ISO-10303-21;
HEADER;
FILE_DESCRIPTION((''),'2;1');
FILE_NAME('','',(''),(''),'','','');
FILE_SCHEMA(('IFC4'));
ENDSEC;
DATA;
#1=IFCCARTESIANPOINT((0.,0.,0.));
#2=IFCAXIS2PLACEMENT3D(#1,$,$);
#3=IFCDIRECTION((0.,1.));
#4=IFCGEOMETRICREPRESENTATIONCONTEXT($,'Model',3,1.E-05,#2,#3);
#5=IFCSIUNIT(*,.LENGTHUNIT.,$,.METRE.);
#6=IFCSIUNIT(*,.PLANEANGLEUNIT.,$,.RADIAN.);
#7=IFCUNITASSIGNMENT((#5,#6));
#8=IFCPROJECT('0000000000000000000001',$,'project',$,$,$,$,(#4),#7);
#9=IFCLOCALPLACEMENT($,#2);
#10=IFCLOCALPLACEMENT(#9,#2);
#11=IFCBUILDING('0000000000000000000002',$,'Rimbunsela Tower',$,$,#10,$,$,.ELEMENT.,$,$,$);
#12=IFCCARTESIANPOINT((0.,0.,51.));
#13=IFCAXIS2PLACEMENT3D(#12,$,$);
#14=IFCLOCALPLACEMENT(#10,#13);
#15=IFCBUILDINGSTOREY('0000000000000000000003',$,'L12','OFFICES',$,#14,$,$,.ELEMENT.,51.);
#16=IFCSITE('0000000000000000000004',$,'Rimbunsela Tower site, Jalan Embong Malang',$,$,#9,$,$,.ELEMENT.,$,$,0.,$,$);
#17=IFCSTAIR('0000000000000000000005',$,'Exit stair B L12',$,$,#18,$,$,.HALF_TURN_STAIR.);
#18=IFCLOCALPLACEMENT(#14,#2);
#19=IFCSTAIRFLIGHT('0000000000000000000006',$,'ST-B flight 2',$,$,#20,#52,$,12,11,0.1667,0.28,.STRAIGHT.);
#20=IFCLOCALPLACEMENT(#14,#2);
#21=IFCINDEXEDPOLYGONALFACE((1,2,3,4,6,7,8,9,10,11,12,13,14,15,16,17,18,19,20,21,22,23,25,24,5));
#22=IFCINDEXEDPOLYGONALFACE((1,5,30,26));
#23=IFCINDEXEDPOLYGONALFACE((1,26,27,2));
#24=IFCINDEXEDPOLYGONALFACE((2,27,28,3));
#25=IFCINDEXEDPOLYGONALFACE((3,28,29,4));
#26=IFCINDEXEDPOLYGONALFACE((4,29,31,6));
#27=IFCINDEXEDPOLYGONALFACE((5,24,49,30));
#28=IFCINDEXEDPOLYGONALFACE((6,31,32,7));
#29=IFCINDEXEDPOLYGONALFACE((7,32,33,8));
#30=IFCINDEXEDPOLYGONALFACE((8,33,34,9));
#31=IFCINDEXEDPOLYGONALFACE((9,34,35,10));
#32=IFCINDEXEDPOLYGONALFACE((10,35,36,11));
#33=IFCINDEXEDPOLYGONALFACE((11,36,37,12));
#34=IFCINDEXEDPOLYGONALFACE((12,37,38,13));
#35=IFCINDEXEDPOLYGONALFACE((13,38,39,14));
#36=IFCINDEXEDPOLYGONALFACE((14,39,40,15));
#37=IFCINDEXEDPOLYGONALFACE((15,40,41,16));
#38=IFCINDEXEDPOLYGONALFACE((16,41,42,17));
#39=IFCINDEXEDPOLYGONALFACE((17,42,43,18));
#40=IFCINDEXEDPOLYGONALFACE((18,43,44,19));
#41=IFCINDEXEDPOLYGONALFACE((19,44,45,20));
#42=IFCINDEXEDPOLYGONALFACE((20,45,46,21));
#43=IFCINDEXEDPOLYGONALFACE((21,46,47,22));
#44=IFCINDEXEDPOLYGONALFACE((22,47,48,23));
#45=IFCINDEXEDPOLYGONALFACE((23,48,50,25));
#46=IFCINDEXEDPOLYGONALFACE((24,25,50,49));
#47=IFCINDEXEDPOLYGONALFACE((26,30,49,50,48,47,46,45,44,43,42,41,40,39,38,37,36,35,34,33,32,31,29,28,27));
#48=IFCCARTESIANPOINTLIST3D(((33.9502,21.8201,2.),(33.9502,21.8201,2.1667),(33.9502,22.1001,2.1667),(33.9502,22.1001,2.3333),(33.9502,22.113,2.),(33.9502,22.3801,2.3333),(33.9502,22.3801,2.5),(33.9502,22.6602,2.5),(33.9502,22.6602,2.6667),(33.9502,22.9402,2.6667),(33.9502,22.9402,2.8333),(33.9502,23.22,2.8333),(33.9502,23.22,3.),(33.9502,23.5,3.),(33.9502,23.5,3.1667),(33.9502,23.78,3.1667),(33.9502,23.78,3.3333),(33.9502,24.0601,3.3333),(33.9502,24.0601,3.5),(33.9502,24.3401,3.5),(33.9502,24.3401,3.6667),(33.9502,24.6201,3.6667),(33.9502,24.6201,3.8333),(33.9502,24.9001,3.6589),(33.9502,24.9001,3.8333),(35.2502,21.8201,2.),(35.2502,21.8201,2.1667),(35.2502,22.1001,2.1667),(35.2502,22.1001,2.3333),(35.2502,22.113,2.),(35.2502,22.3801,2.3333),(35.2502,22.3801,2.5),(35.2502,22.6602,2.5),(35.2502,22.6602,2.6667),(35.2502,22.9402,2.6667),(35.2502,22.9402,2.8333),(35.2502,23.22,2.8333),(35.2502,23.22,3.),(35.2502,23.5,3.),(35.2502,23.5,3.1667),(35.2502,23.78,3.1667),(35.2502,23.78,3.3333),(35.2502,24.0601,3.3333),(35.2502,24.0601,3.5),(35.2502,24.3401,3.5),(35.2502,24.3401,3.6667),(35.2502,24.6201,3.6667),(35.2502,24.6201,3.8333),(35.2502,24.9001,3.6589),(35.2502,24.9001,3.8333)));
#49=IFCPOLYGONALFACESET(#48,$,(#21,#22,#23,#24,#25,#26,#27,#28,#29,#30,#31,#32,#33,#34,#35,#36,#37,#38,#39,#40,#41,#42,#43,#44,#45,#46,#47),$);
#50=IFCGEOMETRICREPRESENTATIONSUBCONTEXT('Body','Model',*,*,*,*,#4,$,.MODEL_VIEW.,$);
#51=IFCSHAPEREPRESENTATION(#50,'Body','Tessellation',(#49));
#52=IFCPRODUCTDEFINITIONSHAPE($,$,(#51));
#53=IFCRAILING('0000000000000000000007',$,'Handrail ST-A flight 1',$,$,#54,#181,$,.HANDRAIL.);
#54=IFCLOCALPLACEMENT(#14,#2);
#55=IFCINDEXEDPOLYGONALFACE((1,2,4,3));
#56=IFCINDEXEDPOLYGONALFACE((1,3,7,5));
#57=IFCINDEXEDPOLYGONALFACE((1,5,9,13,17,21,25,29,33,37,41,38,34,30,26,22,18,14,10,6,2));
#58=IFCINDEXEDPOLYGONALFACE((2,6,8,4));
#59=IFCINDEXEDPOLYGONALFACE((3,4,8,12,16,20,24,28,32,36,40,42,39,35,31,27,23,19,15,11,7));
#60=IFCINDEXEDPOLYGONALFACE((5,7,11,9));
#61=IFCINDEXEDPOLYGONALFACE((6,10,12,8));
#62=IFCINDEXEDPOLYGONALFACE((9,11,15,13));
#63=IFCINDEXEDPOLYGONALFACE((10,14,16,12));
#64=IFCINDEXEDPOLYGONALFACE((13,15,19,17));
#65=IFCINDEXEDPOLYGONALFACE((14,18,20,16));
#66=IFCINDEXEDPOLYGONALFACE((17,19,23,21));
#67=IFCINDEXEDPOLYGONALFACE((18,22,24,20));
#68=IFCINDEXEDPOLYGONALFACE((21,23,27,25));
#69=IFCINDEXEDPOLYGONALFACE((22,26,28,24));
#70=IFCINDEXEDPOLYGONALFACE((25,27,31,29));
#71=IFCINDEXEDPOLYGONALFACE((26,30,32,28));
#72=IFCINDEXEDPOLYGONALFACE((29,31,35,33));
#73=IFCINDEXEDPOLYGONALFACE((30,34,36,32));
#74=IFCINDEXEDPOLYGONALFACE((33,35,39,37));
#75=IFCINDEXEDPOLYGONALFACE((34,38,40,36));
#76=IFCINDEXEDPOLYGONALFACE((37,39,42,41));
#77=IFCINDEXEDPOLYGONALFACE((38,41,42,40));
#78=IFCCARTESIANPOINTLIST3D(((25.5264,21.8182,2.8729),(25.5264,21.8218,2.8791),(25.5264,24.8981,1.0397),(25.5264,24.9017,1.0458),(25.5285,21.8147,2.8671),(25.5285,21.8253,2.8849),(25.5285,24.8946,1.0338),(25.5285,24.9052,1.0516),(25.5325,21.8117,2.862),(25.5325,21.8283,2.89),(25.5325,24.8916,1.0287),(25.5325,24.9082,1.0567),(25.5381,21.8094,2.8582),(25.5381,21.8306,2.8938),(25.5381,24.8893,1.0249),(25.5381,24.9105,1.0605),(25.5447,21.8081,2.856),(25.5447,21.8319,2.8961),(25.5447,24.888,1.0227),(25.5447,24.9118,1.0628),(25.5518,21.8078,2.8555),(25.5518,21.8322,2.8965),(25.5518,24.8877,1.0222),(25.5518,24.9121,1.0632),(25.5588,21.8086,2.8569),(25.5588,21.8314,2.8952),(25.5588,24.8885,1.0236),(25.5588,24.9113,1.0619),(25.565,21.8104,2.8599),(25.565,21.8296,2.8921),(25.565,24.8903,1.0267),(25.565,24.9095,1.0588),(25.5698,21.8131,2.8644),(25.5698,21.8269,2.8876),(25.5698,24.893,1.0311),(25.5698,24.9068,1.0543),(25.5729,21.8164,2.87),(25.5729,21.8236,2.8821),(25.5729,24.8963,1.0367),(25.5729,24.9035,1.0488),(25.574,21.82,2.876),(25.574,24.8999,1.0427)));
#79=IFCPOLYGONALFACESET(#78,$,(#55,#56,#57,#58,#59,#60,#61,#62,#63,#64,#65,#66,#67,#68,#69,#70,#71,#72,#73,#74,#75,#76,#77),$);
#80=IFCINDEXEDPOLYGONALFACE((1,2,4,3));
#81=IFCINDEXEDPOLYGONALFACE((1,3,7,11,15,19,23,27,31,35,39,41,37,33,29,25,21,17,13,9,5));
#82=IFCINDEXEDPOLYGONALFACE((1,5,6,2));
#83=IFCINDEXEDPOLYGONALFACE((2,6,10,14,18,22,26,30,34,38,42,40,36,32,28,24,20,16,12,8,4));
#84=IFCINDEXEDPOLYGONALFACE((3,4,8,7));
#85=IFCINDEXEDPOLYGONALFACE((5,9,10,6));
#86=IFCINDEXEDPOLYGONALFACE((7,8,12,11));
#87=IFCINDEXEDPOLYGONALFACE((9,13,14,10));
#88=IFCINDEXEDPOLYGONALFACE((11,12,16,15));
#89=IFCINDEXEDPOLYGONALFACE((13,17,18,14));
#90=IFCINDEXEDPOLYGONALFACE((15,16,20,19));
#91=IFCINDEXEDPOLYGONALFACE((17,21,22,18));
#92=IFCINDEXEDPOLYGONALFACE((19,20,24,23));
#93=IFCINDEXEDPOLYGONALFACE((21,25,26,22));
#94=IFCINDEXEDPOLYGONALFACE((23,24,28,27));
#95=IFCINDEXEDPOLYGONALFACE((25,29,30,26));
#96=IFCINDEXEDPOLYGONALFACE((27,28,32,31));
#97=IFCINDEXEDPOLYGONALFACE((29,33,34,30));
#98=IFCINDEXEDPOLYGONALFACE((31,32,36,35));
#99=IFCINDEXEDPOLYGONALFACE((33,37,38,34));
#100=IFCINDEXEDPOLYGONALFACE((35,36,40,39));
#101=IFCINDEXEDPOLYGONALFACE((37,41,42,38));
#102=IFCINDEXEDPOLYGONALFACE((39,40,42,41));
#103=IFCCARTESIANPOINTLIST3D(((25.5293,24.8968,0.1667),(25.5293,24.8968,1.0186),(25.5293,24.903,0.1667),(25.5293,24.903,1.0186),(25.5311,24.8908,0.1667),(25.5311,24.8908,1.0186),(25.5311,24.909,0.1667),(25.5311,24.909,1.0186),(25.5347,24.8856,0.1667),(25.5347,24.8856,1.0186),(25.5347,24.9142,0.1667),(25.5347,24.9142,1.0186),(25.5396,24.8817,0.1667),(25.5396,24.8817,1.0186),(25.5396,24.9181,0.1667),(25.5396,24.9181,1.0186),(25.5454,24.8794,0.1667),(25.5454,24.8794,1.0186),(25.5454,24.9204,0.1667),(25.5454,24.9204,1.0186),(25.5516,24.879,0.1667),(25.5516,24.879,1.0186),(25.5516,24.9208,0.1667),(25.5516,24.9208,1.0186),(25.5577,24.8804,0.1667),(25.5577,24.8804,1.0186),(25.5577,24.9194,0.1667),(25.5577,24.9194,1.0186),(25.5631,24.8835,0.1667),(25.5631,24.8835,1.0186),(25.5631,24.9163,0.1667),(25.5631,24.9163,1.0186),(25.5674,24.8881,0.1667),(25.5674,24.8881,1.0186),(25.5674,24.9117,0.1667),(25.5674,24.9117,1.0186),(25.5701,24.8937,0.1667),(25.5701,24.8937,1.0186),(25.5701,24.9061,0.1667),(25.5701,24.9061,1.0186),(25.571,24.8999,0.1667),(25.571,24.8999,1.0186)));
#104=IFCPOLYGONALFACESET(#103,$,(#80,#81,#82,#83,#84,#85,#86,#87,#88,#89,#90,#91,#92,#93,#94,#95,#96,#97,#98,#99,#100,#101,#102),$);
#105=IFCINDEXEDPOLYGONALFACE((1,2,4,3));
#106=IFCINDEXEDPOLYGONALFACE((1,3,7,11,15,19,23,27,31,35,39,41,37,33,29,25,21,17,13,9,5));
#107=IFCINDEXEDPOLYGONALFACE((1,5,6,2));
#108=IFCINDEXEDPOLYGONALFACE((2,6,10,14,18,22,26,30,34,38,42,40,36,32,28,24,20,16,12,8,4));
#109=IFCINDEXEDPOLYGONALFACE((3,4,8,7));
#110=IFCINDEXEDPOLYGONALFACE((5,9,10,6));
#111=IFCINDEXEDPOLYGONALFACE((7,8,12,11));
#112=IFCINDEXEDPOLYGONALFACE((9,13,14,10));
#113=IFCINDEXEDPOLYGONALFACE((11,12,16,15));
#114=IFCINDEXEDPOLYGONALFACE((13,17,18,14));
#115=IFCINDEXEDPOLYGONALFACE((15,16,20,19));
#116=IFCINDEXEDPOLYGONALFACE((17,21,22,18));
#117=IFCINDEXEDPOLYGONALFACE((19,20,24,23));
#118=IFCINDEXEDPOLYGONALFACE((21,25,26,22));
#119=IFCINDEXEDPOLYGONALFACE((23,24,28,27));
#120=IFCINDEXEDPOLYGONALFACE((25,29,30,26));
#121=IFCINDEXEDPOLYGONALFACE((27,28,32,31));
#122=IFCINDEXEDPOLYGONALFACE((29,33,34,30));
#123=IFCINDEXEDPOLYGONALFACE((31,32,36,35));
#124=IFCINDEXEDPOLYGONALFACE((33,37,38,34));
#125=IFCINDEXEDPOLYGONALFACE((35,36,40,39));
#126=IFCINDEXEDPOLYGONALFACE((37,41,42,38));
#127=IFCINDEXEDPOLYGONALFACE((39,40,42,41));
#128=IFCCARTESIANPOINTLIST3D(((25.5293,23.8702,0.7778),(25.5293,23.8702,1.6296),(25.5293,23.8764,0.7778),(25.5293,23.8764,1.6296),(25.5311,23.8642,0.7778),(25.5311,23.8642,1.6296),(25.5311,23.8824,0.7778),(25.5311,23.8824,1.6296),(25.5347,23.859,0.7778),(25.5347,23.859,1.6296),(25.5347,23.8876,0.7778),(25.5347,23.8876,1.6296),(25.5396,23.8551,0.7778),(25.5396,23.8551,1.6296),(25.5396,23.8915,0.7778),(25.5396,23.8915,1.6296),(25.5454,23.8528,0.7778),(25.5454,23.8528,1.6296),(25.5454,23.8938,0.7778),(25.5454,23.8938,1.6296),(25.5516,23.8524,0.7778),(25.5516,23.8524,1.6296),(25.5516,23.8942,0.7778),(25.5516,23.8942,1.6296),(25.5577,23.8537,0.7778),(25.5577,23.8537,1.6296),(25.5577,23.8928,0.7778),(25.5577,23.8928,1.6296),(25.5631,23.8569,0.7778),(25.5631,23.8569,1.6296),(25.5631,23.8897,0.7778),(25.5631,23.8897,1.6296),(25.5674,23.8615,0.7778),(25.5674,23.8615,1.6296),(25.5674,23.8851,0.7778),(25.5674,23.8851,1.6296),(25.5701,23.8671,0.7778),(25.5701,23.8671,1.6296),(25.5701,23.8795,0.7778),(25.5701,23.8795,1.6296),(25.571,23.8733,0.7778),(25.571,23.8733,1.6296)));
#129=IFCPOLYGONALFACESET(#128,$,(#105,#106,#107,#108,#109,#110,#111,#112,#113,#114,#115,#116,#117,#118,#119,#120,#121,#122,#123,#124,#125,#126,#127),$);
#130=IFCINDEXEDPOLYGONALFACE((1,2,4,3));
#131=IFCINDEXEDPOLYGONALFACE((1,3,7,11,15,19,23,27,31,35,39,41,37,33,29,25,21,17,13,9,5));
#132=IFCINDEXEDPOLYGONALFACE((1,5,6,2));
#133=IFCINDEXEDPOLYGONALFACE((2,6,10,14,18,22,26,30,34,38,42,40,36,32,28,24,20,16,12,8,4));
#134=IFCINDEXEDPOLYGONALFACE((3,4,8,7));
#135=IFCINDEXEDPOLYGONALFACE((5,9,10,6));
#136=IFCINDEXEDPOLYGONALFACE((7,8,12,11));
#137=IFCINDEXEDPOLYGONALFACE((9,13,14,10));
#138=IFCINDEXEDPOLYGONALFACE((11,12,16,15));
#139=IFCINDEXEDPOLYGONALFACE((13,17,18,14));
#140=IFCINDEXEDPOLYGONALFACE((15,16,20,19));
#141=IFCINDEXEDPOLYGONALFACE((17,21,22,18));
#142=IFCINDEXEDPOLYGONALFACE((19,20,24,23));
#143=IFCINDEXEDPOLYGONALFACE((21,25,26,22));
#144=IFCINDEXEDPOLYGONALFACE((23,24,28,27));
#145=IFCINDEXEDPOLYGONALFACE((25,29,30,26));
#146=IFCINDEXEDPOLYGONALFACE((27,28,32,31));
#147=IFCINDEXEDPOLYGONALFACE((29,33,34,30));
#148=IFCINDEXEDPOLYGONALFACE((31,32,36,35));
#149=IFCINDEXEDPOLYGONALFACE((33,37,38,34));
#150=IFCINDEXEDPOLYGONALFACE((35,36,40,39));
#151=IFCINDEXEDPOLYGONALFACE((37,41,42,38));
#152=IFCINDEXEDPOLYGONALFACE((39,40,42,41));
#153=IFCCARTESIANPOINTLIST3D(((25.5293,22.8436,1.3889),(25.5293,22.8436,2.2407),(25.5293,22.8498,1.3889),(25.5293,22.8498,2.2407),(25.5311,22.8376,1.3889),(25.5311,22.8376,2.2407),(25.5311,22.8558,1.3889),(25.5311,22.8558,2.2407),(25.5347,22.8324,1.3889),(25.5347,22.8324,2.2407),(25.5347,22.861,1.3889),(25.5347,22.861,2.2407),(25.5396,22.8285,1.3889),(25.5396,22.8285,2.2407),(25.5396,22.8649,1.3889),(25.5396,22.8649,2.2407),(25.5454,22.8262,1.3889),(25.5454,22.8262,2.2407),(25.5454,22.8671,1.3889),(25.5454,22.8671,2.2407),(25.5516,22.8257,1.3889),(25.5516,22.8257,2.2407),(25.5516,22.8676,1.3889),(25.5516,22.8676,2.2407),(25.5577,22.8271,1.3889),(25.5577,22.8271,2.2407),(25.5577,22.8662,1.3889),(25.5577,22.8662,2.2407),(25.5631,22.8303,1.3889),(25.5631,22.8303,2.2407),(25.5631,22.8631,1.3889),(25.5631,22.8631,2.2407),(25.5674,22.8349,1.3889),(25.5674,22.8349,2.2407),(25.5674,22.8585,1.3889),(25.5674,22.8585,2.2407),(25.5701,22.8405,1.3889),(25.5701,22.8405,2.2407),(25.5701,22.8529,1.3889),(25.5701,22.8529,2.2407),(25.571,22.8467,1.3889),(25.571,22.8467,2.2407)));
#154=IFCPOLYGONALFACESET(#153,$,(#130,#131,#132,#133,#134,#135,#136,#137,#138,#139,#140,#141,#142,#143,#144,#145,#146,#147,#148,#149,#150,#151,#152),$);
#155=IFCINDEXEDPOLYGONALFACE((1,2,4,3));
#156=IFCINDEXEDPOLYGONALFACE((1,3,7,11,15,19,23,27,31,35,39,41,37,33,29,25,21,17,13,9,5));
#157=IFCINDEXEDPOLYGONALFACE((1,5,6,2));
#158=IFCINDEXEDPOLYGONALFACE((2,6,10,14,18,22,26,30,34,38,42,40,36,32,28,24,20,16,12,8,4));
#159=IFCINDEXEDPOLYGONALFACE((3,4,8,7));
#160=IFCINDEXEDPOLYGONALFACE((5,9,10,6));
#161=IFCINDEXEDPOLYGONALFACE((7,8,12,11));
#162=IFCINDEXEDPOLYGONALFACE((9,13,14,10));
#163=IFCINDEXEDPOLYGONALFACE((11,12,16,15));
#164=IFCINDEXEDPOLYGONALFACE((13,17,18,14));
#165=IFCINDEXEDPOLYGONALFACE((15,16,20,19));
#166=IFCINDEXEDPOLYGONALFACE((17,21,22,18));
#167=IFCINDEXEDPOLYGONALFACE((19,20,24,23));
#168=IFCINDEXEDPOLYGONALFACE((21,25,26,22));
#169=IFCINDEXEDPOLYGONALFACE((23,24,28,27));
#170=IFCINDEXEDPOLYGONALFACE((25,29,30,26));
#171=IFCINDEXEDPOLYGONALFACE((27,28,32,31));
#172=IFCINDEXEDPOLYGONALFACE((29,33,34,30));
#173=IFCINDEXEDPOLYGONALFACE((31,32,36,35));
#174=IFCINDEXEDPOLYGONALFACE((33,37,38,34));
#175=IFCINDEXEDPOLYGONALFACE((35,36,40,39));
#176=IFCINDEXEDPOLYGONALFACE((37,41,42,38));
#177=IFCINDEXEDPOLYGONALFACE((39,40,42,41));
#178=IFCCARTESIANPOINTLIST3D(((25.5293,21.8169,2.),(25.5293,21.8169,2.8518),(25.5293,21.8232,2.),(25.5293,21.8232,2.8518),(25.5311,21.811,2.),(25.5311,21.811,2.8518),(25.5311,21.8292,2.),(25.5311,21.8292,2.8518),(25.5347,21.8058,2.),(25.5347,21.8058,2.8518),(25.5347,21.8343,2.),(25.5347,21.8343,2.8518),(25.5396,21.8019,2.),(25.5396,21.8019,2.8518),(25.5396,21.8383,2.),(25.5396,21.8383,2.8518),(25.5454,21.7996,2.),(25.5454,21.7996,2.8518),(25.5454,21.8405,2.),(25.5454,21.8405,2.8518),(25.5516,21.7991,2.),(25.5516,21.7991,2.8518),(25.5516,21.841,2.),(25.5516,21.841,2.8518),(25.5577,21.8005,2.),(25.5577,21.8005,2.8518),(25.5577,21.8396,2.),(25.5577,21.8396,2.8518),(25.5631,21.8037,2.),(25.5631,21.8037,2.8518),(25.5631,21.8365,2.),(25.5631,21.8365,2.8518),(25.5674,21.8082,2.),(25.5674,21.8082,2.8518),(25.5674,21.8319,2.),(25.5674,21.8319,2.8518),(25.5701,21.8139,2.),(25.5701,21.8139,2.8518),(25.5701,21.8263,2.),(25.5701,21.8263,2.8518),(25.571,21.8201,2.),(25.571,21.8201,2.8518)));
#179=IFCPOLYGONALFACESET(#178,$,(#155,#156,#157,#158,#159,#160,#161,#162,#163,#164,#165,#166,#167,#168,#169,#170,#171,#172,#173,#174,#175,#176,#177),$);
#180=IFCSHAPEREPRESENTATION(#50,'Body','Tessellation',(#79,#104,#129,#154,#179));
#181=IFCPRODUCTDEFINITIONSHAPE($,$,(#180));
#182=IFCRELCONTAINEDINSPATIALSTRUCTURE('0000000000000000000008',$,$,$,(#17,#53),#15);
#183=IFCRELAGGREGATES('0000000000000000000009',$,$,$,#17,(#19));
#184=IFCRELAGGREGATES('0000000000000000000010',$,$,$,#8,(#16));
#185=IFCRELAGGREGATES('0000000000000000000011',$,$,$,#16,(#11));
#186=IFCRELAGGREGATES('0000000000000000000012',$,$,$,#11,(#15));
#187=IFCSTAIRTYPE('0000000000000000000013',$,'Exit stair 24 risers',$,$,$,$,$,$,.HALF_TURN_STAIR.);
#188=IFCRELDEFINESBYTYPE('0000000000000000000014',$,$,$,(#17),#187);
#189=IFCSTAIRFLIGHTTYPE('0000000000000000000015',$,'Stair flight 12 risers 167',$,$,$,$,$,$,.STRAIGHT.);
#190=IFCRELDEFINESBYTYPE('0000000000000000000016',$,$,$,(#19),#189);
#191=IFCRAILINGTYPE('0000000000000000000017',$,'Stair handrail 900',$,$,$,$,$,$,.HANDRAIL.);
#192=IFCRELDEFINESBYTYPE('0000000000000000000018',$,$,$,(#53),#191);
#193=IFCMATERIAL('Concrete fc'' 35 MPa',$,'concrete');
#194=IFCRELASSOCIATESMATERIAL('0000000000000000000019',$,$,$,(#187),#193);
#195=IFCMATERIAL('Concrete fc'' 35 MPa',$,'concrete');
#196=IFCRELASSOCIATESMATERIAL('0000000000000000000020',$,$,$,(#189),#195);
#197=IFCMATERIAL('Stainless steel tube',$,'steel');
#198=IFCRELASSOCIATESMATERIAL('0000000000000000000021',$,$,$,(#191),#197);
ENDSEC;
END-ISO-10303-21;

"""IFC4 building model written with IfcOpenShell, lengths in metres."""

from ifc_helpers import new_model, si_unit, direction, frame, origin, origin_2d, place, context, subcontext, project, spatial, polyline, circle, outline, extrude, material, type_object, element, aggregate, save


model = new_model("IFC4")

# Units and contexts
model_context = context("Model", 3, precision=1e-05, world=origin(), true_north=direction((0.0, 1.0)))
body_context = subcontext(model_context, "Body", "Model", "MODEL_VIEW")
ifc_project = project(units=[si_unit("LENGTHUNIT", "METRE"), si_unit("PLANEANGLEUNIT", "RADIAN")], contexts=[model_context])

# Site, building, storey
site_placement = place(None, origin())
site = spatial("IfcSite", under=ifc_project, at=site_placement, Name="Rimbunsela Tower site, Jalan Embong Malang", CompositionType="ELEMENT", RefElevation=0.0)
building_placement = place(site_placement, origin())
building = spatial("IfcBuilding", under=site, at=building_placement, Name="Rimbunsela Tower", CompositionType="ELEMENT")
storey_placement = place(building_placement, frame((0.0, 0.0, 51.0)))
storey = spatial("IfcBuildingStorey", under=building, at=storey_placement, Name="L12", Description="OFFICES", CompositionType="ELEMENT", Elevation=51.0)

# Stair, stair flight
ifc_material_1 = material(Name="Concrete fc' 35 MPa", Category="concrete")
stair_type = type_object("IfcStairType", Name="Exit stair 24 risers", PredefinedType="HALF_TURN_STAIR", material=ifc_material_1)
ifc_material_2 = material(Name="Concrete fc' 35 MPa", Category="concrete")
stair_flight_type = type_object("IfcStairFlightType", Name="Stair flight 12 risers 167", PredefinedType="STRAIGHT", material=ifc_material_2)
stair_1_placement = place(storey_placement, origin())
stair_1 = element("IfcStair", 1, at=stair_1_placement, inside=storey, type_object=stair_type, Name="Exit stair B L12", PredefinedType="HALF_TURN_STAIR")
stair_flight_1_placement = place(storey_placement, frame((34.6001, 21.8201, 2.0), z_axis=(0.0, 0.0, 1.0), x_axis=(0.0, 1.0, 0.0)))
stair_flight_1 = element("IfcStairFlight", 2, at=stair_flight_1_placement, type_object=stair_flight_type, Name="ST-B flight 2", NumberOfRisers=12, NumberOfTreads=11, PredefinedType="STRAIGHT", RiserHeight=0.1667, TreadLength=0.28, context=body_context, shape_type="SweptSolid", body=[
    extrude(outline(polyline([(0.0, 0.0), (0.0, 0.1667), (0.28, 0.1667), (0.28, 0.3333), (0.5601, 0.3333), (0.5601, 0.5), (0.8401, 0.5), (0.8401, 0.6667), (1.1201, 0.6667), (1.1201, 0.8333), (1.3999, 0.8333), (1.3999, 1.0), (1.6799, 1.0), (1.6799, 1.1667), (1.96, 1.1667), (1.96, 1.3333), (2.24, 1.3333), (2.24, 1.5), (2.52, 1.5), (2.52, 1.6667), (2.8, 1.6667), (2.8, 1.8333), (3.0801, 1.8333), (3.0801, 2.0), (3.0801, 1.6589), (0.293, 0.0), (0.0, 0.0)])), frame((0.0, 0.6499, 0.0), z_axis=(0.0, -1.0, 0.0), x_axis=(1.0, 0.0, 0.0)), (0.0, 0.0, 1.0), 1.3),
])
aggregate(stair_1, [stair_flight_1])

# Railing
ifc_material_3 = material(Name="Stainless steel tube", Category="steel")
railing_type = type_object("IfcRailingType", Name="Stair handrail 900", PredefinedType="HANDRAIL", material=ifc_material_3)
railing_placement = place(storey_placement, frame((25.55, 24.8999, 0.1667)))
element("IfcRailing", 3, at=railing_placement, inside=storey, type_object=railing_type, Name="Handrail ST-A flight 1", PredefinedType="HANDRAIL", context=body_context, shape_type="SweptSolid", body=[
    extrude(circle(Radius=0.0239, at=origin_2d()), frame((0.0, 0.0, 0.876), z_axis=(0.0, -0.859291, 0.511487), x_axis=(1.0, 0.0, 0.0)), (0.0, 0.0, 1.0), 3.5842),
    extrude(circle(Radius=0.021, at=origin_2d()), origin(), (0.0, 0.0, 1.0), 0.8518),
    extrude(circle(Radius=0.021, at=origin_2d()), frame((0.0, -1.0266, 0.6111)), (0.0, 0.0, 1.0), 0.8518),
    extrude(circle(Radius=0.021, at=origin_2d()), frame((0.0, -2.0532, 1.2222)), (0.0, 0.0, 1.0), 0.8518),
    extrude(circle(Radius=0.021, at=origin_2d()), frame((0.0, -3.0798, 1.8333)), (0.0, 0.0, 1.0), 0.8518),
])

save(model, "model.ifc")
